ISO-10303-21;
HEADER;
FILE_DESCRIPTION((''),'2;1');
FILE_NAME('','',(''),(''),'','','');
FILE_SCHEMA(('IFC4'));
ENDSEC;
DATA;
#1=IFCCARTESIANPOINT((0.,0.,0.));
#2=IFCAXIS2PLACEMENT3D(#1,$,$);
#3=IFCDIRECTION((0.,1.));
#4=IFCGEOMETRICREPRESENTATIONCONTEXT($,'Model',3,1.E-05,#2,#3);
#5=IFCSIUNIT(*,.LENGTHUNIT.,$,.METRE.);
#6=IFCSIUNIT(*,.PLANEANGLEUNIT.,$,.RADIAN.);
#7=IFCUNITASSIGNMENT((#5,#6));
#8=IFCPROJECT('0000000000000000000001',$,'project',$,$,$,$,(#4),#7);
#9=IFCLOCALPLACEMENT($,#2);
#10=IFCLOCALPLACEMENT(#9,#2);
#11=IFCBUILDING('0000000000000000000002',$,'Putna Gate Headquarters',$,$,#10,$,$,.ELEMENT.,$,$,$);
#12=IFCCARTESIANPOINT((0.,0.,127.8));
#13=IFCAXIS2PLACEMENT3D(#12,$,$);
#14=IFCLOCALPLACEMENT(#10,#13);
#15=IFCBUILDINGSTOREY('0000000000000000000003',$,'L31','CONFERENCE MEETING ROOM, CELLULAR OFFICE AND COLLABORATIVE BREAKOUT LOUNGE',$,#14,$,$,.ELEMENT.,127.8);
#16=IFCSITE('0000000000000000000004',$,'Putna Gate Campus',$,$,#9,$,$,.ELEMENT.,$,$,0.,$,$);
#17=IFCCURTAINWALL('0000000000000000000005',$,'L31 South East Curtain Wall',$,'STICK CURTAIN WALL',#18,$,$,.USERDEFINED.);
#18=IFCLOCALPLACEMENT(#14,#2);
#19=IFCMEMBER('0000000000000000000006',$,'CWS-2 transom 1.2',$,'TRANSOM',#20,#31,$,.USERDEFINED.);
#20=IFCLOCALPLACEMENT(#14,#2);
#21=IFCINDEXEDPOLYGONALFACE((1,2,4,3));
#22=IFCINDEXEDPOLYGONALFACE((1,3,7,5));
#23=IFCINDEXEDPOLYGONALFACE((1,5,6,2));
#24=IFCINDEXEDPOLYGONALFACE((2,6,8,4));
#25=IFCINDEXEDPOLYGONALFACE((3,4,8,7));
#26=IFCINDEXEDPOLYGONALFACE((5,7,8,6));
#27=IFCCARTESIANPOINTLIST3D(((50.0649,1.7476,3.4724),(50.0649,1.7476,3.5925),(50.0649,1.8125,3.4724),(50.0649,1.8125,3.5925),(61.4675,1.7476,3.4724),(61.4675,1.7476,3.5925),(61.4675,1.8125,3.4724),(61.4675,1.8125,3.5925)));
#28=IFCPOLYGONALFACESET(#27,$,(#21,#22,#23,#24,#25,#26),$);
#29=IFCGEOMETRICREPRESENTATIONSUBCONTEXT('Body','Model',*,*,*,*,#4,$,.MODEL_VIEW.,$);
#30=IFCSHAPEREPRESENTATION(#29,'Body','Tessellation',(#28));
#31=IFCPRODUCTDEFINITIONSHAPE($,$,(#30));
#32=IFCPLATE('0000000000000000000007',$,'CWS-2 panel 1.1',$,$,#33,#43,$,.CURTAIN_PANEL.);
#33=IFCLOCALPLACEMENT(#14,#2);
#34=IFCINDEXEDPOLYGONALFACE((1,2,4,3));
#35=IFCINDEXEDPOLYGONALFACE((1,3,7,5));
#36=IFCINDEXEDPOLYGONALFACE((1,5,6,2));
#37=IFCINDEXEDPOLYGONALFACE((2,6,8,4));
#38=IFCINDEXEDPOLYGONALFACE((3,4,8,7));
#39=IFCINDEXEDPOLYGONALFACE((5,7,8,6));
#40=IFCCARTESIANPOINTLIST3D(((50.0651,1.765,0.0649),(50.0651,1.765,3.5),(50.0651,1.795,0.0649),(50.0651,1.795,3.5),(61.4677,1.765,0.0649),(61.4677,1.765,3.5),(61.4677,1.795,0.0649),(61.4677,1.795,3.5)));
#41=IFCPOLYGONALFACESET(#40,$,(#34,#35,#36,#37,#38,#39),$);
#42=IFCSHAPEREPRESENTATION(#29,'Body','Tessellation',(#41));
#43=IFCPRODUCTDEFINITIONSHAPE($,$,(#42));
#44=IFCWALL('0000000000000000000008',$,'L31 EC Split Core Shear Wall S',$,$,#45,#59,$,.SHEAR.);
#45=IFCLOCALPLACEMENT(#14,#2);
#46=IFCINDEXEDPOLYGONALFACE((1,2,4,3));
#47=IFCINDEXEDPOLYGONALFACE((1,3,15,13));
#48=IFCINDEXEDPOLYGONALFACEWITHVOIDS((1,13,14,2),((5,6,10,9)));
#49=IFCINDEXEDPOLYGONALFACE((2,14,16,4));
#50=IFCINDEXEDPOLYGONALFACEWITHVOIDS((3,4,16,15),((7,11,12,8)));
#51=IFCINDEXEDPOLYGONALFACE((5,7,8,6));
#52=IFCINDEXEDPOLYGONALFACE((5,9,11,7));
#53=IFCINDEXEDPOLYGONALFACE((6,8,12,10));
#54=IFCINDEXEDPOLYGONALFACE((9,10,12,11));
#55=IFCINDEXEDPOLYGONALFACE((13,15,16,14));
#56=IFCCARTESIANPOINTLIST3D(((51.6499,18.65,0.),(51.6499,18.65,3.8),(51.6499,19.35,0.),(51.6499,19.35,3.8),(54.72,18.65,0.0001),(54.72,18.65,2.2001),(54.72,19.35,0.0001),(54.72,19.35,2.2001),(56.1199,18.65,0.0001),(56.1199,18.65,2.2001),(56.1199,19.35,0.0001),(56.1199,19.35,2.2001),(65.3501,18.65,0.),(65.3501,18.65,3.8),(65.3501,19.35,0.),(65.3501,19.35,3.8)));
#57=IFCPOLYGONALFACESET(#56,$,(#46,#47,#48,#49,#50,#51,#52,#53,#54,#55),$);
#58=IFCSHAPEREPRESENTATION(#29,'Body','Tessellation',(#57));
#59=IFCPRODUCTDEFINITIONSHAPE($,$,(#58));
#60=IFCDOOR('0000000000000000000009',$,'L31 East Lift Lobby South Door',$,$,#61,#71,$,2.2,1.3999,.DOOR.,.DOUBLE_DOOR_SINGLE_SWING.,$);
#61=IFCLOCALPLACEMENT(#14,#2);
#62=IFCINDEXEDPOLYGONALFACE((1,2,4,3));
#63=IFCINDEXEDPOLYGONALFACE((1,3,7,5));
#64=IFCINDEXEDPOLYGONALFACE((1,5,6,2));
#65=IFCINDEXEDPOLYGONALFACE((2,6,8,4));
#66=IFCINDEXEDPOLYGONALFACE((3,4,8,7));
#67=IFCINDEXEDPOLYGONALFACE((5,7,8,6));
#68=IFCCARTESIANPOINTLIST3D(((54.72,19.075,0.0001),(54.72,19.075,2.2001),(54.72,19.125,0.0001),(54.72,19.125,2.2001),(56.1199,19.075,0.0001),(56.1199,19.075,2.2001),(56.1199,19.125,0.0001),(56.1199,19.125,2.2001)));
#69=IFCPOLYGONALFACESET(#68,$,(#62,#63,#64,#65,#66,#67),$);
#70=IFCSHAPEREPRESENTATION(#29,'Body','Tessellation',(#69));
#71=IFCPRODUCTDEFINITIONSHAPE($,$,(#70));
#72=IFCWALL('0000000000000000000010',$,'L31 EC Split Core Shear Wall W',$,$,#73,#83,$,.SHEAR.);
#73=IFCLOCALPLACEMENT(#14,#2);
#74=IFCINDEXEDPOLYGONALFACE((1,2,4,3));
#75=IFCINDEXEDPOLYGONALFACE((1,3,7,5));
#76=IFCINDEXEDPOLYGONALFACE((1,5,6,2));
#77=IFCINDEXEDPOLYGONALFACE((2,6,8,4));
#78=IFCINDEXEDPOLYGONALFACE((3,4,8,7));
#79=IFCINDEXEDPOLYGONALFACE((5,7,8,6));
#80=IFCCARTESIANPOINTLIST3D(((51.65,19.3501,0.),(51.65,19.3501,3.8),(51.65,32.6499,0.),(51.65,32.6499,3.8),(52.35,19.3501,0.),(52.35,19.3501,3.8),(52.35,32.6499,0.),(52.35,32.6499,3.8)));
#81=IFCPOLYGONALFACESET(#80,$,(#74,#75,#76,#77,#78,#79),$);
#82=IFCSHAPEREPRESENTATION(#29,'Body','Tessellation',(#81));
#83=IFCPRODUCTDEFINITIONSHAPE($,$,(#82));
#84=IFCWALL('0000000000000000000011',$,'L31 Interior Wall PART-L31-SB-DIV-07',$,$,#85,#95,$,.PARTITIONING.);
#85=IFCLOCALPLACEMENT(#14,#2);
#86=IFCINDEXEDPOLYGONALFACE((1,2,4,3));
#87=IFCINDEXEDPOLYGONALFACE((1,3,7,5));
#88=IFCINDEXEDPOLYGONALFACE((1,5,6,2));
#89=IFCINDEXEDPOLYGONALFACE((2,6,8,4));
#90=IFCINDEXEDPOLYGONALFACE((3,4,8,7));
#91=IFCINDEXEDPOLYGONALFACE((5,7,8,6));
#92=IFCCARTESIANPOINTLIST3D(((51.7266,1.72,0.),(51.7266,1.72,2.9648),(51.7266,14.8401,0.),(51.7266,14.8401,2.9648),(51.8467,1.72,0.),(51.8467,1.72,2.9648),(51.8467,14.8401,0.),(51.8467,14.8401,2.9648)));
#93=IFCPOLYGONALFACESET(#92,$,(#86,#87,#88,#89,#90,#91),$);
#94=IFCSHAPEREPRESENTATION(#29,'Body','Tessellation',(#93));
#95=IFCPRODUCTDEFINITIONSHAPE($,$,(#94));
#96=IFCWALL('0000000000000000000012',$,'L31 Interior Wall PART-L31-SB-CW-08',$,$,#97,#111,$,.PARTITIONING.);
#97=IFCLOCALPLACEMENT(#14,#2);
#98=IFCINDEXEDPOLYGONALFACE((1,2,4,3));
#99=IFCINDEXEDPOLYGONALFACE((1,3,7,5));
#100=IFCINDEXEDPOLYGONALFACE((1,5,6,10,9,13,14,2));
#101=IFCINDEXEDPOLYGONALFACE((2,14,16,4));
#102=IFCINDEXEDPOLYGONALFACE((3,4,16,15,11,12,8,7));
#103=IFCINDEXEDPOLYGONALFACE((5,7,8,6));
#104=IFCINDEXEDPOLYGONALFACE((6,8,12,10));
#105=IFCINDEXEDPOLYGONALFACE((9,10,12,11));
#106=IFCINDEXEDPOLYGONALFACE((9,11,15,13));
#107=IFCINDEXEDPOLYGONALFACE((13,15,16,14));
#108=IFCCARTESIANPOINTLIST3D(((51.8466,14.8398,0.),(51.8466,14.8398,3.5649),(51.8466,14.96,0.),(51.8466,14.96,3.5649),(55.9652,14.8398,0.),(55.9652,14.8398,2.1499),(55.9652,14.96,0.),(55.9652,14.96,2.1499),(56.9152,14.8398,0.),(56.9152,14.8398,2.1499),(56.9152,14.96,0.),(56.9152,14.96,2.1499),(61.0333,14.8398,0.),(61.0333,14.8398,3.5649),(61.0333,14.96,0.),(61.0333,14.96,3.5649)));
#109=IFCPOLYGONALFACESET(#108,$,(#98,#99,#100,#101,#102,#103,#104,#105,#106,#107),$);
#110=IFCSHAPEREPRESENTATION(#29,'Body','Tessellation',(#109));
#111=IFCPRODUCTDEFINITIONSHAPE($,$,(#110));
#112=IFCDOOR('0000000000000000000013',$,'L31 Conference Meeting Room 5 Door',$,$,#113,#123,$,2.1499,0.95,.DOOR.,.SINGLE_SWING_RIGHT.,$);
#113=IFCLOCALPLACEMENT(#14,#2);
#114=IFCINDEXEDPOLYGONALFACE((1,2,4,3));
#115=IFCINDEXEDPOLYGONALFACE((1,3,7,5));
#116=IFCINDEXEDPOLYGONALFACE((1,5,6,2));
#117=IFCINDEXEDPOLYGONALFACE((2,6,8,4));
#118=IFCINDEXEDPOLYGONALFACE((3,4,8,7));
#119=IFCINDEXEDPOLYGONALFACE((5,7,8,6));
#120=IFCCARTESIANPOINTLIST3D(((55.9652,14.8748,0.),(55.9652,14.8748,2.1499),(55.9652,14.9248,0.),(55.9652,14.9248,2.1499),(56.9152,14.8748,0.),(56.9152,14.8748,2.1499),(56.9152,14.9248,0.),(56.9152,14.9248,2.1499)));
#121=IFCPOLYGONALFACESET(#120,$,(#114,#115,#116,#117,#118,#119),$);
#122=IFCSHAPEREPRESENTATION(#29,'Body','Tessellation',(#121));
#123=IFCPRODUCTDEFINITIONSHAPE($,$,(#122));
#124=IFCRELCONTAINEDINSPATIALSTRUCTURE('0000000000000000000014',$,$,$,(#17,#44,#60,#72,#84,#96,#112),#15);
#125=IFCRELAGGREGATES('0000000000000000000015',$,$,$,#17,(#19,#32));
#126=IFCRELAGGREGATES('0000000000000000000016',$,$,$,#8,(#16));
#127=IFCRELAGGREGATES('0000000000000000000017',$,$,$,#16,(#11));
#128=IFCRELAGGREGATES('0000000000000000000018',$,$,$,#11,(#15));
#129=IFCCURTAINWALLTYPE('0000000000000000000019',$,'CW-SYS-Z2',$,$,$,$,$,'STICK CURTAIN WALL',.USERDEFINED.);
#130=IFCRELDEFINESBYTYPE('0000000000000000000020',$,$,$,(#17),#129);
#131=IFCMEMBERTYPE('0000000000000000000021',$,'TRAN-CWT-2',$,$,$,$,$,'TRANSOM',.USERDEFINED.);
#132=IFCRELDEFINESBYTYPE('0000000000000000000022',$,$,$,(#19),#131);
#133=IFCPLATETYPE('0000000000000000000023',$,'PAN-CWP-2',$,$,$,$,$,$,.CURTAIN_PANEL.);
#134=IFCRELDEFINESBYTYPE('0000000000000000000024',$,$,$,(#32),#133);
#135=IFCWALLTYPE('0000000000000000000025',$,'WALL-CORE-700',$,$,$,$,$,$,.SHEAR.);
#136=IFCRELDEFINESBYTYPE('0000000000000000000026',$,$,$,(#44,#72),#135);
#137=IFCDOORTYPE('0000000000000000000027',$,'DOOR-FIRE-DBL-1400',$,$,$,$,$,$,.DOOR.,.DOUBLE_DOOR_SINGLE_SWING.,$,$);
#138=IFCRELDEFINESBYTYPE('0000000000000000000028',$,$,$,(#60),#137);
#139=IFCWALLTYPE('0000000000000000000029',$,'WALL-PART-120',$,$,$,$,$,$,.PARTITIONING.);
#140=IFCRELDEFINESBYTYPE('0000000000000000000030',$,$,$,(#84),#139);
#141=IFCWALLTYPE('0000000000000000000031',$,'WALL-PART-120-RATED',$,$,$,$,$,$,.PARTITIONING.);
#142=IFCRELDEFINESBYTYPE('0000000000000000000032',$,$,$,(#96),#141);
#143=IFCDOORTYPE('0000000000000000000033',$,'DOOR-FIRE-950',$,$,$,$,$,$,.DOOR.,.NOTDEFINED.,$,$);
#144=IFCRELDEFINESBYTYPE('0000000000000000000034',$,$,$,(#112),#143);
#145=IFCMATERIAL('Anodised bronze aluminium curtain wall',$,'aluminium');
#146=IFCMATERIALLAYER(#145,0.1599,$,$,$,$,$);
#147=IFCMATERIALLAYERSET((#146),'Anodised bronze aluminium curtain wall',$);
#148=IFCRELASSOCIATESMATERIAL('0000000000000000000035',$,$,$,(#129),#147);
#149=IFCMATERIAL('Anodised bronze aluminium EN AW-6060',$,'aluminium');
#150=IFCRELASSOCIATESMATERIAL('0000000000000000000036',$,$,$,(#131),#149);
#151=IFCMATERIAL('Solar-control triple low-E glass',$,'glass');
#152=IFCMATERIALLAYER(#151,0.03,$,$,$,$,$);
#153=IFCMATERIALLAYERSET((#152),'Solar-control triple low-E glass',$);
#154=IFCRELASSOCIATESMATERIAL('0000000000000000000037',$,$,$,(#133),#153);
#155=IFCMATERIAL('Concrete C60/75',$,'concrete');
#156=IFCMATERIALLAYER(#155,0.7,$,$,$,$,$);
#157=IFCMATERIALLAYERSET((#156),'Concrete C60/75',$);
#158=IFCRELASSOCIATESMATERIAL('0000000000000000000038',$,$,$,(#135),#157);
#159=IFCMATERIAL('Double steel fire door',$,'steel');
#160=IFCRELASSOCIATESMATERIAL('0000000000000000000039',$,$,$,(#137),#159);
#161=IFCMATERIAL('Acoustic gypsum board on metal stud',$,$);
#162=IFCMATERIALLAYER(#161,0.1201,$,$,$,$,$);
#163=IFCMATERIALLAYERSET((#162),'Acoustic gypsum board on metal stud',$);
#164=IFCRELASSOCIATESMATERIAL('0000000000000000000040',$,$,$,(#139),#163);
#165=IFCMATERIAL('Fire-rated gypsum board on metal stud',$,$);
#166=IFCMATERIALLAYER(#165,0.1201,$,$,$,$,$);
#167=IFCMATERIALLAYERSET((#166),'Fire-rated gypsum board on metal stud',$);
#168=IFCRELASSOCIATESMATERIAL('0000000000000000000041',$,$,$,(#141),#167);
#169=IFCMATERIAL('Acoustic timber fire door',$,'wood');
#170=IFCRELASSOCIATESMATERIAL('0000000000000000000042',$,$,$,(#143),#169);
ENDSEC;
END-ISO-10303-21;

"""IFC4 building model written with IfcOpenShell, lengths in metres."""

from ifc_helpers import new_model, si_unit, direction, frame, frame_2d, origin, origin_2d, place, context, subcontext, project, spatial, rectangle, extrude, material, layer, layer_set, material_profile, profile_set, type_object, element, fill, aggregate, save


model = new_model("IFC4")

# Units and contexts
model_context = context("Model", 3, precision=1e-05, world=origin(), true_north=direction((0.0, 1.0)))
body_context = subcontext(model_context, "Body", "Model", "MODEL_VIEW")
ifc_project = project(units=[si_unit("LENGTHUNIT", "METRE"), si_unit("PLANEANGLEUNIT", "RADIAN")], contexts=[model_context])

# Site, building, storey
site_placement = place(None, origin())
site = spatial("IfcSite", under=ifc_project, at=site_placement, Name="Putna Gate Campus", CompositionType="ELEMENT", RefElevation=0.0)
building_placement = place(site_placement, origin())
building = spatial("IfcBuilding", under=site, at=building_placement, Name="Putna Gate Headquarters", CompositionType="ELEMENT")
storey_placement = place(building_placement, frame((0.0, 0.0, 127.8)))
storey = spatial("IfcBuildingStorey", under=building, at=storey_placement, Name="L31", Description="CONFERENCE MEETING ROOM, CELLULAR OFFICE AND COLLABORATIVE BREAKOUT LOUNGE", CompositionType="ELEMENT", Elevation=127.8)

# Shared definitions
ifc_material_1 = material(Name="Concrete C60/75", Category="concrete")

# Curtain wall
ifc_material_2 = material(Name="Anodised bronze aluminium curtain wall", Category="aluminium")
ifc_layer_1 = layer(ifc_material_2, 0.1599)
ifc_layer_set_1 = layer_set([ifc_layer_1], Name="Anodised bronze aluminium curtain wall")
curtain_wall_type_1 = type_object("IfcCurtainWallType", Name="CW-SYS-Z2", ElementType="STICK CURTAIN WALL", PredefinedType="USERDEFINED", material=ifc_layer_set_1)
curtain_wall_1_placement = place(storey_placement, origin())
curtain_wall_1 = element("IfcCurtainWall", 1, at=curtain_wall_1_placement, inside=storey, type_object=curtain_wall_type_1, Name="L31 South East Curtain Wall", ObjectType="STICK CURTAIN WALL", PredefinedType="USERDEFINED")
ifc_material_3 = material(Name="Anodised bronze aluminium EN AW-6060", Category="aluminium")

# Member
ifc_material_profile_1 = material_profile(ifc_material_3, rectangle(XDim=0.0649, YDim=0.1201, at=origin_2d()), Name="Anodised bronze aluminium EN AW-6060")
ifc_profile_set_1 = profile_set([ifc_material_profile_1], Name="Anodised bronze aluminium EN AW-6060")
member_type_1 = type_object("IfcMemberType", Name="TRAN-CWT-2", ElementType="TRANSOM", PredefinedType="USERDEFINED", material=ifc_profile_set_1)
member_1_placement = place(storey_placement, frame((50.0649, 1.78, 3.5325), z_axis=(1.0, 0.0, 0.0), x_axis=(0.0, 1.0, 0.0)))
member_1 = element("IfcMember", 2, at=member_1_placement, type_object=member_type_1, Name="CWS-2 transom 1.2", ObjectType="TRANSOM", PredefinedType="USERDEFINED", context=body_context, shape_type="SweptSolid", body=[
    extrude(rectangle(XDim=0.0649, YDim=0.1201, at=origin_2d()), origin(), (0.0, 0.0, 1.0), 11.4026),
])

# Plate
ifc_material_4 = material(Name="Solar-control triple low-E glass", Category="glass")
ifc_layer_2 = layer(ifc_material_4, 0.03)
ifc_layer_set_2 = layer_set([ifc_layer_2], Name="Solar-control triple low-E glass")
plate_type = type_object("IfcPlateType", Name="PAN-CWP-2", PredefinedType="CURTAIN_PANEL", material=ifc_layer_set_2)
plate_placement = place(storey_placement, frame((55.7664, 1.78, 0.0649), z_axis=(0.0, 0.0, 1.0), x_axis=(1.0, 0.0, 0.0)))
plate = element("IfcPlate", 3, at=plate_placement, type_object=plate_type, Name="CWS-2 panel 1.1", PredefinedType="CURTAIN_PANEL", context=body_context, shape_type="SweptSolid", body=[
    extrude(rectangle(XDim=11.4026, YDim=0.03, at=origin_2d()), origin(), (0.0, 0.0, 1.0), 3.4351),
])
aggregate(curtain_wall_1, [member_1, plate])

# Wall, opening, door
ifc_layer_3 = layer(ifc_material_1, 0.7)
ifc_layer_set_3 = layer_set([ifc_layer_3], Name="Concrete C60/75")
wall_type_1 = type_object("IfcWallType", Name="WALL-CORE-700", PredefinedType="SHEAR", material=ifc_layer_set_3)
wall_1_placement = place(storey_placement, frame((51.6499, 19.0, 0.0), z_axis=(0.0, 0.0, 1.0), x_axis=(1.0, 0.0, 0.0)))
wall_1 = element("IfcWall", 4, at=wall_1_placement, inside=storey, type_object=wall_type_1, Name="L31 EC Split Core Shear Wall S", PredefinedType="SHEAR", context=body_context, shape_type="SweptSolid", body=[
    extrude(rectangle(XDim=13.7002, YDim=0.7, at=frame_2d((6.8501, 0.0))), origin(), (0.0, 0.0, 1.0), 3.8),
])
opening_1_placement = place(wall_1_placement, frame((3.0701, 0.0, 0.0)))
opening_1 = element("IfcOpeningElement", 5, at=opening_1_placement, cuts=wall_1, PredefinedType="OPENING", context=body_context, shape_type="SweptSolid", body=[
    extrude(rectangle(XDim=1.3999, YDim=2.2, at=frame_2d((0.7, 1.1001))), frame((0.0, 0.3599, 0.0), z_axis=(0.0, -1.0, 0.0), x_axis=(1.0, 0.0, 0.0)), (0.0, 0.0, 1.0), 0.72),
])
ifc_material_5 = material(Name="Double steel fire door", Category="steel")
door_type_1 = type_object("IfcDoorType", Name="DOOR-FIRE-DBL-1400", OperationType="DOUBLE_DOOR_SINGLE_SWING", PredefinedType="DOOR", material=ifc_material_5)
door_1_placement = place(opening_1_placement, origin())
door_1 = element("IfcDoor", 6, at=door_1_placement, inside=storey, type_object=door_type_1, Name="L31 East Lift Lobby South Door", OperationType="DOUBLE_DOOR_SINGLE_SWING", OverallHeight=2.2, OverallWidth=1.3999, PredefinedType="DOOR", context=body_context, shape_type="SweptSolid", body=[
    extrude(rectangle(XDim=1.3999, YDim=2.2, at=frame_2d((0.7, 1.1001))), frame((0.0, 0.125, 0.0), z_axis=(0.0, -1.0, 0.0), x_axis=(1.0, 0.0, 0.0)), (0.0, 0.0, 1.0), 0.05),
])
fill(opening_1, door_1)

# Walls
wall_2_placement = place(storey_placement, frame((52.0, 19.3501, 0.0), z_axis=(0.0, 0.0, 1.0), x_axis=(0.0, 1.0, 0.0)))
element("IfcWall", 7, at=wall_2_placement, inside=storey, type_object=wall_type_1, Name="L31 EC Split Core Shear Wall W", PredefinedType="SHEAR", context=body_context, shape_type="SweptSolid", body=[
    extrude(rectangle(XDim=13.2998, YDim=0.7, at=frame_2d((6.6499, 0.0))), origin(), (0.0, 0.0, 1.0), 3.8),
])
ifc_material_6 = material(Name="Acoustic gypsum board on metal stud")
ifc_layer_4 = layer(ifc_material_6, 0.1201)
ifc_layer_set_4 = layer_set([ifc_layer_4], Name="Acoustic gypsum board on metal stud")
wall_type_2 = type_object("IfcWallType", Name="WALL-PART-120", PredefinedType="PARTITIONING", material=ifc_layer_set_4)
wall_3_placement = place(storey_placement, frame((51.7866, 1.72, 0.0), z_axis=(0.0, 0.0, 1.0), x_axis=(0.0, 1.0, 0.0)))
element("IfcWall", 8, at=wall_3_placement, inside=storey, type_object=wall_type_2, Name="L31 Interior Wall PART-L31-SB-DIV-07", PredefinedType="PARTITIONING", context=body_context, shape_type="SweptSolid", body=[
    extrude(rectangle(XDim=13.1201, YDim=0.1201, at=frame_2d((6.5601, 0.0))), origin(), (0.0, 0.0, 1.0), 2.9648),
])

# Wall, opening, door
ifc_material_7 = material(Name="Fire-rated gypsum board on metal stud")
ifc_layer_5 = layer(ifc_material_7, 0.1201)
ifc_layer_set_5 = layer_set([ifc_layer_5], Name="Fire-rated gypsum board on metal stud")
wall_type_3 = type_object("IfcWallType", Name="WALL-PART-120-RATED", PredefinedType="PARTITIONING", material=ifc_layer_set_5)
wall_4_placement = place(storey_placement, frame((51.8467, 14.8999, 0.0), z_axis=(0.0, 0.0, 1.0), x_axis=(1.0, 0.0, 0.0)))
wall_4 = element("IfcWall", 9, at=wall_4_placement, inside=storey, type_object=wall_type_3, Name="L31 Interior Wall PART-L31-SB-CW-08", PredefinedType="PARTITIONING", context=body_context, shape_type="SweptSolid", body=[
    extrude(rectangle(XDim=9.1868, YDim=0.1201, at=frame_2d((4.5933, 0.0))), origin(), (0.0, 0.0, 1.0), 3.5649),
])
opening_2_placement = place(wall_4_placement, frame((4.1184, 0.0, 0.0)))
opening_2 = element("IfcOpeningElement", 10, at=opening_2_placement, cuts=wall_4, PredefinedType="OPENING", context=body_context, shape_type="SweptSolid", body=[
    extrude(rectangle(XDim=0.95, YDim=2.1499, at=frame_2d((0.4751, 1.075))), frame((0.0, 0.0701, 0.0), z_axis=(0.0, -1.0, 0.0), x_axis=(1.0, 0.0, 0.0)), (0.0, 0.0, 1.0), 0.1401),
])
ifc_material_8 = material(Name="Acoustic timber fire door", Category="wood")
door_type_2 = type_object("IfcDoorType", Name="DOOR-FIRE-950", OperationType="NOTDEFINED", PredefinedType="DOOR", material=ifc_material_8)
door_2_placement = place(opening_2_placement, origin())
door_2 = element("IfcDoor", 11, at=door_2_placement, inside=storey, type_object=door_type_2, Name="L31 Conference Meeting Room 5 Door", OperationType="SINGLE_SWING_RIGHT", OverallHeight=2.1499, OverallWidth=0.95, PredefinedType="DOOR", context=body_context, shape_type="SweptSolid", body=[
    extrude(rectangle(XDim=0.95, YDim=2.1499, at=frame_2d((0.4751, 1.075))), frame((0.0, 0.0249, 0.0), z_axis=(0.0, -1.0, 0.0), x_axis=(1.0, 0.0, 0.0)), (0.0, 0.0, 1.0), 0.05),
])
fill(opening_2, door_2)

save(model, "model.ifc")
